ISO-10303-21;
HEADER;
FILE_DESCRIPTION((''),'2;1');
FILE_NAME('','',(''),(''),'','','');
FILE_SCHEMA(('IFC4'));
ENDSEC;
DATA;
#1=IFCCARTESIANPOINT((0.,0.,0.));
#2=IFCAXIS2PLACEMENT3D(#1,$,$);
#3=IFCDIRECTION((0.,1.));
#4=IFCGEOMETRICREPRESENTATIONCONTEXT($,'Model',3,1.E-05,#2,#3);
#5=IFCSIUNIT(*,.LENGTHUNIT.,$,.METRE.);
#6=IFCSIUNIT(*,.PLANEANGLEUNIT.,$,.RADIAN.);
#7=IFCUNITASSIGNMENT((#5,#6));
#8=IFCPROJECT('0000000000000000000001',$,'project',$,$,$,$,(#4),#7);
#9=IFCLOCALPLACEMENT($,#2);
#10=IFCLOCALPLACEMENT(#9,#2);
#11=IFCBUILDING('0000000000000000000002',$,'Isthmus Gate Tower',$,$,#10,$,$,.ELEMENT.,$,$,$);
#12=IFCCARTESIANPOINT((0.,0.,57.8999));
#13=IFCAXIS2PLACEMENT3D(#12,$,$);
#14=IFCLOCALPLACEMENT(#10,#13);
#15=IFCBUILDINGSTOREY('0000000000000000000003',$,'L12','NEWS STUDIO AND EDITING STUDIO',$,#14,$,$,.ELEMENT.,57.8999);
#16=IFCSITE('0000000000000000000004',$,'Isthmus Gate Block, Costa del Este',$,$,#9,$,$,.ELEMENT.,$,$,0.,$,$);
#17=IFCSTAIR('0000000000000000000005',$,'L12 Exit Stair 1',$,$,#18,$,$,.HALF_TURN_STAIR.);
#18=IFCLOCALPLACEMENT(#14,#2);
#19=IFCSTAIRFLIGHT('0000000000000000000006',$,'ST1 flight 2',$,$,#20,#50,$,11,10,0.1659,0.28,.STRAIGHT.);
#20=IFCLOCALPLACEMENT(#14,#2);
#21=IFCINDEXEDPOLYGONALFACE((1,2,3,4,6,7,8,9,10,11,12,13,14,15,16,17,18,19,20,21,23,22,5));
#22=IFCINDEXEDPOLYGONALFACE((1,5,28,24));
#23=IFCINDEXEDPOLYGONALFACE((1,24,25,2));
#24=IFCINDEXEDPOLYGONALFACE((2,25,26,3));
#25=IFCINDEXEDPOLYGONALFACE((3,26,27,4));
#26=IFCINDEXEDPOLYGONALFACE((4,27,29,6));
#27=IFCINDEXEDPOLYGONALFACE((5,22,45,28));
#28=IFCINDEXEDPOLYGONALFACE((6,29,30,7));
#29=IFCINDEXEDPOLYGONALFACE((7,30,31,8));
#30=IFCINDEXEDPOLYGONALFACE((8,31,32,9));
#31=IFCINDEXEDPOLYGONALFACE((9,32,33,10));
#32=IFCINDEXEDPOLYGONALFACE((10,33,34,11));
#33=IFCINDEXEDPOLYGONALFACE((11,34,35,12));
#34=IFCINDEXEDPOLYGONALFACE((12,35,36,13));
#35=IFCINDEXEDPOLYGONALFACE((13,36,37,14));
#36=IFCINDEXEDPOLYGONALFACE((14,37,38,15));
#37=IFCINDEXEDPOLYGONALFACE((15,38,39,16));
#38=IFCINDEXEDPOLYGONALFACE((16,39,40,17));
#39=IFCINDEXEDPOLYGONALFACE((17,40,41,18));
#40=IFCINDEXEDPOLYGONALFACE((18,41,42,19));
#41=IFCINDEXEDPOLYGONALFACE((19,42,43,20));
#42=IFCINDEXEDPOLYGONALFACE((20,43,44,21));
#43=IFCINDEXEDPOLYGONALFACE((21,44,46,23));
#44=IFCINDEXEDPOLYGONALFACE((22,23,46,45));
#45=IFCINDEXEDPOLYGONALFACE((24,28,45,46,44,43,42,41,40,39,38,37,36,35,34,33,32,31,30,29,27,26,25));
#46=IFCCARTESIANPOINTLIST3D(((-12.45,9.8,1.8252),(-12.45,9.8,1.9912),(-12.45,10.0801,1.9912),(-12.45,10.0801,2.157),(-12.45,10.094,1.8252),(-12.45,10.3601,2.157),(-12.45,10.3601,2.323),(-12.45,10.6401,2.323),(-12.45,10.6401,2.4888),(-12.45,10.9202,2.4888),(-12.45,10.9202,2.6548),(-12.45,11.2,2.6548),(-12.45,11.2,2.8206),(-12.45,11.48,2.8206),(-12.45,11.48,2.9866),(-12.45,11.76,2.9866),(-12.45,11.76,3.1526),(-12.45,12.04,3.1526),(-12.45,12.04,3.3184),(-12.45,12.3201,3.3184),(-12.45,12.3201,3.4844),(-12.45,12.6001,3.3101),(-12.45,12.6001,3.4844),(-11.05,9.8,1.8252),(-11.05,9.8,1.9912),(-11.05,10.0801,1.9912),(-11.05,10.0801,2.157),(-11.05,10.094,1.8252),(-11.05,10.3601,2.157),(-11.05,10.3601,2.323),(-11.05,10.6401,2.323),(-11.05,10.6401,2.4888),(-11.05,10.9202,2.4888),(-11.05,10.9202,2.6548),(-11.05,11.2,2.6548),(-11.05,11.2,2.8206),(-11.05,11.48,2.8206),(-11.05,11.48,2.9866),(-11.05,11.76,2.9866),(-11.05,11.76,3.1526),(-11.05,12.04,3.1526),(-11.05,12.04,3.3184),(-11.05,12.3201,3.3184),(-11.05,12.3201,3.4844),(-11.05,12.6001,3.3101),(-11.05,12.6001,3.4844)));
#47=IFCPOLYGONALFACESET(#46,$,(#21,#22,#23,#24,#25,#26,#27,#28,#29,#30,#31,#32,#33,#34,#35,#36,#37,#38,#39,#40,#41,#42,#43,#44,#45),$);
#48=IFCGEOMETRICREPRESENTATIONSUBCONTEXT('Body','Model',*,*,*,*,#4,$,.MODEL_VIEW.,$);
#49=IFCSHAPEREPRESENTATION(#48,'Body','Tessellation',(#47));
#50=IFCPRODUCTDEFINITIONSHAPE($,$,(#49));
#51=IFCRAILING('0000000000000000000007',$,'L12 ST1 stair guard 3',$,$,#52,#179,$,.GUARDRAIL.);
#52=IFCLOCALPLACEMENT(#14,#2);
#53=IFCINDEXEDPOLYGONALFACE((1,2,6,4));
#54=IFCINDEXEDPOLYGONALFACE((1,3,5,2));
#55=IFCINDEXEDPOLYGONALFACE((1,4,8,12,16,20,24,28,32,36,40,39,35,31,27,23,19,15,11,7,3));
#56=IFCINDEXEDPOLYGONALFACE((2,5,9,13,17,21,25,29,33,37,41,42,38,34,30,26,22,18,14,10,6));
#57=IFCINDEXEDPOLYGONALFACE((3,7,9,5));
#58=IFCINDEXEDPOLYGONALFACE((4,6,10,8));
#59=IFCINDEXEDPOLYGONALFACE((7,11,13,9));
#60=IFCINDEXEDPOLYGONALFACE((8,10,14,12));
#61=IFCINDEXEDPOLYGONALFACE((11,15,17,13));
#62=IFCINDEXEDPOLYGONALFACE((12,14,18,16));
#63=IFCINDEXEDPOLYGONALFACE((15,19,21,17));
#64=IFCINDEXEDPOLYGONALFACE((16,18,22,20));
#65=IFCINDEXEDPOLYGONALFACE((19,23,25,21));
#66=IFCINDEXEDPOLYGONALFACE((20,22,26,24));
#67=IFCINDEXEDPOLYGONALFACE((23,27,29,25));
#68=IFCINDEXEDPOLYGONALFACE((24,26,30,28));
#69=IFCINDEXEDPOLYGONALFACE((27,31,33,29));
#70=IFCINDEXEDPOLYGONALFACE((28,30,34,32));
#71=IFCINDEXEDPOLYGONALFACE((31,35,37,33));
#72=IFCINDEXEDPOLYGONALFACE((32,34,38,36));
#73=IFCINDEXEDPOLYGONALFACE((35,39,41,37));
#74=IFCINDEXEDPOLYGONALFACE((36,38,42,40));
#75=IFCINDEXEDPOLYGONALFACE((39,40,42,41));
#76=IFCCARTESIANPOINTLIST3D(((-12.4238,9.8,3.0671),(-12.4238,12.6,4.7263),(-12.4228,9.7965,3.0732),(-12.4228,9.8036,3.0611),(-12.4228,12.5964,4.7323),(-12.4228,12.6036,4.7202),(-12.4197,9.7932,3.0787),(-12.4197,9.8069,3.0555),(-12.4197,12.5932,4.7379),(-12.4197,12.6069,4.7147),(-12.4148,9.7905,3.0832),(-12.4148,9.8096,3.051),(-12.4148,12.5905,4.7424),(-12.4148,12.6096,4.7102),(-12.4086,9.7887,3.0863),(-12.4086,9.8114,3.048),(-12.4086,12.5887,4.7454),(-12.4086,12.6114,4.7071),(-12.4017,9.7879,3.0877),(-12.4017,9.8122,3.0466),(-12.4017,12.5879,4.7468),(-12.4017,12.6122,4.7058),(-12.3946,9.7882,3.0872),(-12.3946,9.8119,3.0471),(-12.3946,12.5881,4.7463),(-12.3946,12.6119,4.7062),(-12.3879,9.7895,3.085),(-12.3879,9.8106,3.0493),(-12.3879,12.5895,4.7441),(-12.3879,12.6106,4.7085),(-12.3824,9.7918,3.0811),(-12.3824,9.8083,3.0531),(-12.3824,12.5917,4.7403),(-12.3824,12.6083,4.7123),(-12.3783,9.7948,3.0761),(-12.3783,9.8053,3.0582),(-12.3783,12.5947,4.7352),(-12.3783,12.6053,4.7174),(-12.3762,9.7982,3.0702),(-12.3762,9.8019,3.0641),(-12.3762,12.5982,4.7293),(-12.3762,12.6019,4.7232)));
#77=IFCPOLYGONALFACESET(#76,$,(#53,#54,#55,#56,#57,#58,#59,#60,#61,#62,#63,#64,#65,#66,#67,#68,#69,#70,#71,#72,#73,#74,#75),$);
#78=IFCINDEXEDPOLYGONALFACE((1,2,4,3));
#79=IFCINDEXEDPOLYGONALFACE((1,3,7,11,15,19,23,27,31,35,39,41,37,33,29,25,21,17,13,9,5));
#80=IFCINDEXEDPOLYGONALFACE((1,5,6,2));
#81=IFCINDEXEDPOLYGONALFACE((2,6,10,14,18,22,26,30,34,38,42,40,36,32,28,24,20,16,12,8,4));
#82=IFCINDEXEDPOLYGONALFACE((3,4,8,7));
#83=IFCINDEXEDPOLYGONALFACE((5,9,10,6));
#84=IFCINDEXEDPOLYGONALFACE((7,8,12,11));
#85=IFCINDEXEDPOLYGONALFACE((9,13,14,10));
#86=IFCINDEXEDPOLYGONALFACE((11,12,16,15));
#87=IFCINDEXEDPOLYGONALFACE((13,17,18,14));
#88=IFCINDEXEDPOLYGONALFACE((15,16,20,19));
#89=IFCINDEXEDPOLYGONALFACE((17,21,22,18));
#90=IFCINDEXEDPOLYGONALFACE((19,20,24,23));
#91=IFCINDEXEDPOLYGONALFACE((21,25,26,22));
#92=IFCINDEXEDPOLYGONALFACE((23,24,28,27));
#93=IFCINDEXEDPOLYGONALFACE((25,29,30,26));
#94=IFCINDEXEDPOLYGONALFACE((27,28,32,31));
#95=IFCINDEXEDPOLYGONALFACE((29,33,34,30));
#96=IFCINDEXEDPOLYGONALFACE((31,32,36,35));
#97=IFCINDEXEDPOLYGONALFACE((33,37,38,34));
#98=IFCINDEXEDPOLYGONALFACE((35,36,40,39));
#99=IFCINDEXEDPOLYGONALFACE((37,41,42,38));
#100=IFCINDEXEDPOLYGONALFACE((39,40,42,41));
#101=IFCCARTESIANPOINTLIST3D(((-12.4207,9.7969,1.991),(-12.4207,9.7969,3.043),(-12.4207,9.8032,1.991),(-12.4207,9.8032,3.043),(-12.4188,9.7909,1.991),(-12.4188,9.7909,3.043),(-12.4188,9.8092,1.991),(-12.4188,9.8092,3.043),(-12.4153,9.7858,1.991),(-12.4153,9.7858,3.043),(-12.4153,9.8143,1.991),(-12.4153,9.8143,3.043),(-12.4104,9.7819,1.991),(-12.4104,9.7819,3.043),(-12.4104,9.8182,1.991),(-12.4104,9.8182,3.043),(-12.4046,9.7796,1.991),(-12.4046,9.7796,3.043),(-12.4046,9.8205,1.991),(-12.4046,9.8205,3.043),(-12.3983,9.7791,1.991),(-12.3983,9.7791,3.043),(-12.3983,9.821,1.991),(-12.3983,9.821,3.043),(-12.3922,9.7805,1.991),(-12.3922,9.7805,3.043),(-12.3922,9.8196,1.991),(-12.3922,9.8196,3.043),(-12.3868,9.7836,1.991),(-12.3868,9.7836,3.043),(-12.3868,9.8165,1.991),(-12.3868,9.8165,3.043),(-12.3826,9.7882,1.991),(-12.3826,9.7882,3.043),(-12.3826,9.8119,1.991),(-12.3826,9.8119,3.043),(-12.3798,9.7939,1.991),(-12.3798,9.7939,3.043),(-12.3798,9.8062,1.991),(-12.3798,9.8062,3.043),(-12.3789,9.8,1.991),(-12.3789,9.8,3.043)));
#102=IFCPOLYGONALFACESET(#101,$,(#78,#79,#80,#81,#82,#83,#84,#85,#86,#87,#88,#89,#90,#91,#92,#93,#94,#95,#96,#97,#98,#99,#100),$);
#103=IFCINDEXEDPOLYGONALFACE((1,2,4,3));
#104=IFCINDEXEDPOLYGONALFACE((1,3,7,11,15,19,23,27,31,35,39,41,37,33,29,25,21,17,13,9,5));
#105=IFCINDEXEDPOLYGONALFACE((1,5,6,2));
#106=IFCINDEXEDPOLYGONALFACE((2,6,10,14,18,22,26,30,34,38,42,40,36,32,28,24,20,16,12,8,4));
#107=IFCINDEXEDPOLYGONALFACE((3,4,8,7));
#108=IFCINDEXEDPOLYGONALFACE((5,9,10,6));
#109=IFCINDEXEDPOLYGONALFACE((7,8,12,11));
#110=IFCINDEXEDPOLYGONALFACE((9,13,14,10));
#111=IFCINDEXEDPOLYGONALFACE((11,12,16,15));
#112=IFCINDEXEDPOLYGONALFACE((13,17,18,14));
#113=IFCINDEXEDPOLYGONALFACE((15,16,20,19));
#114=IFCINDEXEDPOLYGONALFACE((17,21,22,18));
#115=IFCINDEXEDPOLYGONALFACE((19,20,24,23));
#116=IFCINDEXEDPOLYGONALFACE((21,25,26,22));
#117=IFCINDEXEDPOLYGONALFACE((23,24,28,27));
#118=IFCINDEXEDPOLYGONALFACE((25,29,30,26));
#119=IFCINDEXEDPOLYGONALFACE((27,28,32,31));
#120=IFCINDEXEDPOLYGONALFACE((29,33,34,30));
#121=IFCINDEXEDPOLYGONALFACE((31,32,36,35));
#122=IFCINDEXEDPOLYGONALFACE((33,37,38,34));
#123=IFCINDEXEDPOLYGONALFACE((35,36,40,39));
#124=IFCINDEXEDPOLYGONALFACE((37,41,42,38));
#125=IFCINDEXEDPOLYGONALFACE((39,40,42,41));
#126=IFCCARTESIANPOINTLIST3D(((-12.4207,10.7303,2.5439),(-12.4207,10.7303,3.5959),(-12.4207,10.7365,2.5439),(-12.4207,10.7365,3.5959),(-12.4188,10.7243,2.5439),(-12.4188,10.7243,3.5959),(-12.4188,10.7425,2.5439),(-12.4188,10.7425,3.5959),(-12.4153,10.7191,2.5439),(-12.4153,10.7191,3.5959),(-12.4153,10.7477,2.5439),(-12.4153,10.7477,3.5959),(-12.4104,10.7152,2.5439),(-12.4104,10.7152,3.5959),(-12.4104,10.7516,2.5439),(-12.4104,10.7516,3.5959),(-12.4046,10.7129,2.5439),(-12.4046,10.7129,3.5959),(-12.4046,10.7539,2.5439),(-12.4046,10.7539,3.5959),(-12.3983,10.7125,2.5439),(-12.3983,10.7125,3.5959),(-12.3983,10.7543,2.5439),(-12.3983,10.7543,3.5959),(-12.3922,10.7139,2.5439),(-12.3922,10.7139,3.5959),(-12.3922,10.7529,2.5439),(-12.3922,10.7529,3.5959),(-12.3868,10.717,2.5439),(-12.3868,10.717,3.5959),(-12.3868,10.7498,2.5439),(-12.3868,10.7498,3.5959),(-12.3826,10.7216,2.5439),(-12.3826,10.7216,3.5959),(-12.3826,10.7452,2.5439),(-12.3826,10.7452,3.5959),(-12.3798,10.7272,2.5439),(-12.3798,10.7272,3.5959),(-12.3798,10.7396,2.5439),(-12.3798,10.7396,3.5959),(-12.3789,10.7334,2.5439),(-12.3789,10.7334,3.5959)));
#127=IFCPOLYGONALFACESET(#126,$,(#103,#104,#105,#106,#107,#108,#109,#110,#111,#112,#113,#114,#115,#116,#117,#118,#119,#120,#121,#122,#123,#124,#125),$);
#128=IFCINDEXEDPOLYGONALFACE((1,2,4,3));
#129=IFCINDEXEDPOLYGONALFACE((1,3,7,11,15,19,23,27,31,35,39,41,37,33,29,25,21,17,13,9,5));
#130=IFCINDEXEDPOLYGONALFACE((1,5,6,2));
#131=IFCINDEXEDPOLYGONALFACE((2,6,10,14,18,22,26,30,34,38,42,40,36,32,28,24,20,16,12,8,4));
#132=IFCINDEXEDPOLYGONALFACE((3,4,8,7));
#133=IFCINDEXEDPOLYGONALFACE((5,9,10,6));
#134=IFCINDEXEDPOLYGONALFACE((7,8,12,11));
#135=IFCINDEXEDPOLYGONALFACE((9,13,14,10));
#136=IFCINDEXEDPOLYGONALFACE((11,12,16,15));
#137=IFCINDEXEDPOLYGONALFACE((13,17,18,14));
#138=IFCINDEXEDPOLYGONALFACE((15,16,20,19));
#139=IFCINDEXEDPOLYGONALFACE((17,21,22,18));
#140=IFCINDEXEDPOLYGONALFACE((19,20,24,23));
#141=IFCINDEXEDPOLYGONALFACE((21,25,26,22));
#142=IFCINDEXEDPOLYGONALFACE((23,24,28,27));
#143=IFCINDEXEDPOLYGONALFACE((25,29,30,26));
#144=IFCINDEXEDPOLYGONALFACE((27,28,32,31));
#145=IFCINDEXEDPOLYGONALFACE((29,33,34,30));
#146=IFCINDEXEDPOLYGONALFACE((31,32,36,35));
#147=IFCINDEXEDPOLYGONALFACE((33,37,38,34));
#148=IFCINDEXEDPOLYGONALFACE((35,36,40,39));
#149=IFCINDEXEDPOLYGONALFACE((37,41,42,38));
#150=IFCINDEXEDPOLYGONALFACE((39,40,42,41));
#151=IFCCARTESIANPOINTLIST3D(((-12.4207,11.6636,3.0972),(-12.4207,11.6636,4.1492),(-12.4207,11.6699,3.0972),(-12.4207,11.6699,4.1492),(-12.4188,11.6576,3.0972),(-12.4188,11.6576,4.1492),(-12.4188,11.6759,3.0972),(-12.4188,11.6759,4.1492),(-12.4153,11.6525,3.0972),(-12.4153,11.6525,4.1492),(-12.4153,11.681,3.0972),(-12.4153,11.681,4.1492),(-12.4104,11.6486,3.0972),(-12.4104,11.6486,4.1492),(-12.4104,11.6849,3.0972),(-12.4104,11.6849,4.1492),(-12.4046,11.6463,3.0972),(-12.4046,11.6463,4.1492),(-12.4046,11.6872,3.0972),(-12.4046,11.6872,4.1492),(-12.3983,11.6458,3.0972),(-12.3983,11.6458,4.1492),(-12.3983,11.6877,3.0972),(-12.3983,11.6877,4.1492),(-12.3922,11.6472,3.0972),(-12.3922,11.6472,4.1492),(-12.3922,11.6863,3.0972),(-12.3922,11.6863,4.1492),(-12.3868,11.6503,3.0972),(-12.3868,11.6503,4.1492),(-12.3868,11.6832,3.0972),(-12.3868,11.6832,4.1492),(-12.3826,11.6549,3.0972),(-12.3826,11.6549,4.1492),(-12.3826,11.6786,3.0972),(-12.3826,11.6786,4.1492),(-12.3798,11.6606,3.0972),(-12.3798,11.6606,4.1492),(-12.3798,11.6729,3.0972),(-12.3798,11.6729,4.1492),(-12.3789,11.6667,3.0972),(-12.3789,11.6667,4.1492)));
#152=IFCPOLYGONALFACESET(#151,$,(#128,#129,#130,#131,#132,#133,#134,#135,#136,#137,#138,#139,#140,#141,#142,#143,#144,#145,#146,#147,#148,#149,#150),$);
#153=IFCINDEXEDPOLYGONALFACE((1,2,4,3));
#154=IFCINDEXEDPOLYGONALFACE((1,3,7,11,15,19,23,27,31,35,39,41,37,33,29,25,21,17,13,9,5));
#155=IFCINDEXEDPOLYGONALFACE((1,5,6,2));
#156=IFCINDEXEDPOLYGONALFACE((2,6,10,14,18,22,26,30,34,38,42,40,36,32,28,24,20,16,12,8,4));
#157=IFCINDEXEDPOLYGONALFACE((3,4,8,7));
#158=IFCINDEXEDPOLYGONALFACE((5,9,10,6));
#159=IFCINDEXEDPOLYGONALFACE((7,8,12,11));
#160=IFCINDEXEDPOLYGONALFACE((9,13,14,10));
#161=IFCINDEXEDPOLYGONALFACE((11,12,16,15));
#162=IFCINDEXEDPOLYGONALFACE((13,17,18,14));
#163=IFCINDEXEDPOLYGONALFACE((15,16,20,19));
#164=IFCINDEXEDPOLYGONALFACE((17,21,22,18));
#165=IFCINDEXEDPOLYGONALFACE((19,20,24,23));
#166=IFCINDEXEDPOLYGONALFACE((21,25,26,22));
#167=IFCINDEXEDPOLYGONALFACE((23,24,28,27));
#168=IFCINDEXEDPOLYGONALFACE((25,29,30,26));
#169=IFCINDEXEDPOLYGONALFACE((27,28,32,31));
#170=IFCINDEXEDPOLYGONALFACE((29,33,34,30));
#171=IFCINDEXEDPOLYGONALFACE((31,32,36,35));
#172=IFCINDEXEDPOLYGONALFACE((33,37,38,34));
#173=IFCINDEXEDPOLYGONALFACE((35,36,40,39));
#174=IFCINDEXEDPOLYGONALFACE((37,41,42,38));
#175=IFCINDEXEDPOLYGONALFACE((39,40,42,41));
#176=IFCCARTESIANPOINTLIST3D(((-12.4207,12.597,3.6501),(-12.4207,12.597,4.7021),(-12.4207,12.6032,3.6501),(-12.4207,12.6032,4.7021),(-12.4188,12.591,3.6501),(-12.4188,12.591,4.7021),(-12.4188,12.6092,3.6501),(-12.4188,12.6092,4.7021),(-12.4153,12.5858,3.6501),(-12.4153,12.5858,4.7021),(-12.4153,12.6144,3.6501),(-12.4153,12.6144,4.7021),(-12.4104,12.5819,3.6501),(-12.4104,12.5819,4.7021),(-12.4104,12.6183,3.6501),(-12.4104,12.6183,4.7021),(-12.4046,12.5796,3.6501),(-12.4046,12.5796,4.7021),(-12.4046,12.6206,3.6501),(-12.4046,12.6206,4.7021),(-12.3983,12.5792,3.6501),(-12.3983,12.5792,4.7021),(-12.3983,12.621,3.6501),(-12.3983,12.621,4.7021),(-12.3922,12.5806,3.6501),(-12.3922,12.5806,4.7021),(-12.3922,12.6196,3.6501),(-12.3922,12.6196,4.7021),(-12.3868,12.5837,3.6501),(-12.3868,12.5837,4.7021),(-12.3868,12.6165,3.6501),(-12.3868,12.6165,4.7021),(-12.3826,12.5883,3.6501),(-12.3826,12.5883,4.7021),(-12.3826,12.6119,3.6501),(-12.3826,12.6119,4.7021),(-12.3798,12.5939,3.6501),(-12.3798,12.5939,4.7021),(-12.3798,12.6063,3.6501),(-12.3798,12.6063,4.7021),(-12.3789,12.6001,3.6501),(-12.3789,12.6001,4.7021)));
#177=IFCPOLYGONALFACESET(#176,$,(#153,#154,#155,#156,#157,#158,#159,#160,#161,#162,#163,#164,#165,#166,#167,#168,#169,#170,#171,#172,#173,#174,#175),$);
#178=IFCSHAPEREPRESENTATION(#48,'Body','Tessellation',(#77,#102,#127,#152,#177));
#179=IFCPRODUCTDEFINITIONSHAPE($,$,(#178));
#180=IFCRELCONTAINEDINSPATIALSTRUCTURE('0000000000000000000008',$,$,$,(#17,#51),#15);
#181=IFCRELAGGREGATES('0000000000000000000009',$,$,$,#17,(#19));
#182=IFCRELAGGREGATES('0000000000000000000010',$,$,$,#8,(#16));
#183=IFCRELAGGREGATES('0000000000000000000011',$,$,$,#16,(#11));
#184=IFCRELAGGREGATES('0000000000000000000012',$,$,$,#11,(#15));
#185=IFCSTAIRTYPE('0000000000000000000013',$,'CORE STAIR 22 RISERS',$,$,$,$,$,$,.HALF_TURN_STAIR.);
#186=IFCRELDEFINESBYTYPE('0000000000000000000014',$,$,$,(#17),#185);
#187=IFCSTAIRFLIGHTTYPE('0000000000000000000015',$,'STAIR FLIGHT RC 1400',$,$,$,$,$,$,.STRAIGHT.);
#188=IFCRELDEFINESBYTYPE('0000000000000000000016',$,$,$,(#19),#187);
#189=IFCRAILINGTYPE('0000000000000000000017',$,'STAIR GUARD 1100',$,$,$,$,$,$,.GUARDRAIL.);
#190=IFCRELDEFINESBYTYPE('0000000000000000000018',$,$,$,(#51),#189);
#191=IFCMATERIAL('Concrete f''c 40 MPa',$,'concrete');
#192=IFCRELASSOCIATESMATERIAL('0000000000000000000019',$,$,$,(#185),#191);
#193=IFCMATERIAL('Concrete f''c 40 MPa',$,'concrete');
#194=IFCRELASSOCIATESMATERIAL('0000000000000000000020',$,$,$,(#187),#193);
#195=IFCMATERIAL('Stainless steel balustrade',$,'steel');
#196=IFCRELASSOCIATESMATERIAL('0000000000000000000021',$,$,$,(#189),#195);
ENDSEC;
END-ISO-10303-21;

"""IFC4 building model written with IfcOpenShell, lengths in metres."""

from ifc_helpers import new_model, si_unit, direction, frame, origin, origin_2d, place, context, subcontext, project, spatial, polyline, circle, outline, extrude, material, type_object, element, aggregate, save


model = new_model("IFC4")

# Units and contexts
model_context = context("Model", 3, precision=1e-05, world=origin(), true_north=direction((0.0, 1.0)))
body_context = subcontext(model_context, "Body", "Model", "MODEL_VIEW")
ifc_project = project(units=[si_unit("LENGTHUNIT", "METRE"), si_unit("PLANEANGLEUNIT", "RADIAN")], contexts=[model_context])

# Site, building, storey
site_placement = place(None, origin())
site = spatial("IfcSite", under=ifc_project, at=site_placement, Name="Isthmus Gate Block, Costa del Este", CompositionType="ELEMENT", RefElevation=0.0)
building_placement = place(site_placement, origin())
building = spatial("IfcBuilding", under=site, at=building_placement, Name="Isthmus Gate Tower", CompositionType="ELEMENT")
storey_placement = place(building_placement, frame((0.0, 0.0, 57.8999)))
storey = spatial("IfcBuildingStorey", under=building, at=storey_placement, Name="L12", Description="NEWS STUDIO AND EDITING STUDIO", CompositionType="ELEMENT", Elevation=57.8999)

# Stair, stair flight
ifc_material_1 = material(Name="Concrete f'c 40 MPa", Category="concrete")
stair_type = type_object("IfcStairType", Name="CORE STAIR 22 RISERS", PredefinedType="HALF_TURN_STAIR", material=ifc_material_1)
stair_placement = place(storey_placement, origin())
stair = element("IfcStair", 1, at=stair_placement, inside=storey, type_object=stair_type, Name="L12 Exit Stair 1", PredefinedType="HALF_TURN_STAIR")
ifc_material_2 = material(Name="Concrete f'c 40 MPa", Category="concrete")
stair_flight_type = type_object("IfcStairFlightType", Name="STAIR FLIGHT RC 1400", PredefinedType="STRAIGHT", material=ifc_material_2)
stair_flight_placement = place(storey_placement, frame((-11.75, 9.8, 1.8252), z_axis=(0.0, 0.0, 1.0), x_axis=(0.0, 1.0, 0.0)))
stair_flight = element("IfcStairFlight", 2, at=stair_flight_placement, type_object=stair_flight_type, Name="ST1 flight 2", NumberOfRisers=11, NumberOfTreads=10, PredefinedType="STRAIGHT", RiserHeight=0.1659, TreadLength=0.28, context=body_context, shape_type="SweptSolid", body=[
    extrude(outline(polyline([(0.0, 0.0), (0.0, 0.166), (0.28, 0.166), (0.28, 0.3318), (0.5601, 0.3318), (0.5601, 0.4978), (0.8401, 0.4978), (0.8401, 0.6636), (1.1201, 0.6636), (1.1201, 0.8296), (1.3999, 0.8296), (1.3999, 0.9954), (1.6799, 0.9954), (1.6799, 1.1614), (1.96, 1.1614), (1.96, 1.3274), (2.24, 1.3274), (2.24, 1.4932), (2.52, 1.4932), (2.52, 1.6592), (2.8, 1.6592), (2.8, 1.825), (2.8, 1.4849), (0.2939, 0.0), (0.0, 0.0)])), frame((0.0, 0.7, 0.0), z_axis=(0.0, -1.0, 0.0), x_axis=(1.0, 0.0, 0.0)), (0.0, 0.0, 1.0), 1.3999),
])
aggregate(stair, [stair_flight])

# Railing
ifc_material_3 = material(Name="Stainless steel balustrade", Category="steel")
railing_type_1 = type_object("IfcRailingType", Name="STAIR GUARD 1100", PredefinedType="GUARDRAIL", material=ifc_material_3)
railing_1_placement = place(storey_placement, frame((-12.3999, 9.8, 1.991)))
element("IfcRailing", 3, at=railing_1_placement, inside=storey, type_object=railing_type_1, Name="L12 ST1 stair guard 3", PredefinedType="GUARDRAIL", context=body_context, shape_type="SweptSolid", body=[
    extrude(circle(Radius=0.0239, at=origin_2d()), frame((0.0, 0.0, 1.0762), z_axis=(0.0, 0.860306, 0.509778), x_axis=(-1.0, 0.0, 0.0)), (0.0, 0.0, 1.0), 3.2546),
    extrude(circle(Radius=0.021, at=origin_2d()), origin(), (0.0, 0.0, 1.0), 1.052),
    extrude(circle(Radius=0.021, at=origin_2d()), frame((0.0, 0.9333, 0.553)), (0.0, 0.0, 1.0), 1.052),
    extrude(circle(Radius=0.021, at=origin_2d()), frame((0.0, 1.8667, 1.1062)), (0.0, 0.0, 1.0), 1.052),
    extrude(circle(Radius=0.021, at=origin_2d()), frame((0.0, 2.8, 1.6592)), (0.0, 0.0, 1.0), 1.052),
])

save(model, "model.ifc")
